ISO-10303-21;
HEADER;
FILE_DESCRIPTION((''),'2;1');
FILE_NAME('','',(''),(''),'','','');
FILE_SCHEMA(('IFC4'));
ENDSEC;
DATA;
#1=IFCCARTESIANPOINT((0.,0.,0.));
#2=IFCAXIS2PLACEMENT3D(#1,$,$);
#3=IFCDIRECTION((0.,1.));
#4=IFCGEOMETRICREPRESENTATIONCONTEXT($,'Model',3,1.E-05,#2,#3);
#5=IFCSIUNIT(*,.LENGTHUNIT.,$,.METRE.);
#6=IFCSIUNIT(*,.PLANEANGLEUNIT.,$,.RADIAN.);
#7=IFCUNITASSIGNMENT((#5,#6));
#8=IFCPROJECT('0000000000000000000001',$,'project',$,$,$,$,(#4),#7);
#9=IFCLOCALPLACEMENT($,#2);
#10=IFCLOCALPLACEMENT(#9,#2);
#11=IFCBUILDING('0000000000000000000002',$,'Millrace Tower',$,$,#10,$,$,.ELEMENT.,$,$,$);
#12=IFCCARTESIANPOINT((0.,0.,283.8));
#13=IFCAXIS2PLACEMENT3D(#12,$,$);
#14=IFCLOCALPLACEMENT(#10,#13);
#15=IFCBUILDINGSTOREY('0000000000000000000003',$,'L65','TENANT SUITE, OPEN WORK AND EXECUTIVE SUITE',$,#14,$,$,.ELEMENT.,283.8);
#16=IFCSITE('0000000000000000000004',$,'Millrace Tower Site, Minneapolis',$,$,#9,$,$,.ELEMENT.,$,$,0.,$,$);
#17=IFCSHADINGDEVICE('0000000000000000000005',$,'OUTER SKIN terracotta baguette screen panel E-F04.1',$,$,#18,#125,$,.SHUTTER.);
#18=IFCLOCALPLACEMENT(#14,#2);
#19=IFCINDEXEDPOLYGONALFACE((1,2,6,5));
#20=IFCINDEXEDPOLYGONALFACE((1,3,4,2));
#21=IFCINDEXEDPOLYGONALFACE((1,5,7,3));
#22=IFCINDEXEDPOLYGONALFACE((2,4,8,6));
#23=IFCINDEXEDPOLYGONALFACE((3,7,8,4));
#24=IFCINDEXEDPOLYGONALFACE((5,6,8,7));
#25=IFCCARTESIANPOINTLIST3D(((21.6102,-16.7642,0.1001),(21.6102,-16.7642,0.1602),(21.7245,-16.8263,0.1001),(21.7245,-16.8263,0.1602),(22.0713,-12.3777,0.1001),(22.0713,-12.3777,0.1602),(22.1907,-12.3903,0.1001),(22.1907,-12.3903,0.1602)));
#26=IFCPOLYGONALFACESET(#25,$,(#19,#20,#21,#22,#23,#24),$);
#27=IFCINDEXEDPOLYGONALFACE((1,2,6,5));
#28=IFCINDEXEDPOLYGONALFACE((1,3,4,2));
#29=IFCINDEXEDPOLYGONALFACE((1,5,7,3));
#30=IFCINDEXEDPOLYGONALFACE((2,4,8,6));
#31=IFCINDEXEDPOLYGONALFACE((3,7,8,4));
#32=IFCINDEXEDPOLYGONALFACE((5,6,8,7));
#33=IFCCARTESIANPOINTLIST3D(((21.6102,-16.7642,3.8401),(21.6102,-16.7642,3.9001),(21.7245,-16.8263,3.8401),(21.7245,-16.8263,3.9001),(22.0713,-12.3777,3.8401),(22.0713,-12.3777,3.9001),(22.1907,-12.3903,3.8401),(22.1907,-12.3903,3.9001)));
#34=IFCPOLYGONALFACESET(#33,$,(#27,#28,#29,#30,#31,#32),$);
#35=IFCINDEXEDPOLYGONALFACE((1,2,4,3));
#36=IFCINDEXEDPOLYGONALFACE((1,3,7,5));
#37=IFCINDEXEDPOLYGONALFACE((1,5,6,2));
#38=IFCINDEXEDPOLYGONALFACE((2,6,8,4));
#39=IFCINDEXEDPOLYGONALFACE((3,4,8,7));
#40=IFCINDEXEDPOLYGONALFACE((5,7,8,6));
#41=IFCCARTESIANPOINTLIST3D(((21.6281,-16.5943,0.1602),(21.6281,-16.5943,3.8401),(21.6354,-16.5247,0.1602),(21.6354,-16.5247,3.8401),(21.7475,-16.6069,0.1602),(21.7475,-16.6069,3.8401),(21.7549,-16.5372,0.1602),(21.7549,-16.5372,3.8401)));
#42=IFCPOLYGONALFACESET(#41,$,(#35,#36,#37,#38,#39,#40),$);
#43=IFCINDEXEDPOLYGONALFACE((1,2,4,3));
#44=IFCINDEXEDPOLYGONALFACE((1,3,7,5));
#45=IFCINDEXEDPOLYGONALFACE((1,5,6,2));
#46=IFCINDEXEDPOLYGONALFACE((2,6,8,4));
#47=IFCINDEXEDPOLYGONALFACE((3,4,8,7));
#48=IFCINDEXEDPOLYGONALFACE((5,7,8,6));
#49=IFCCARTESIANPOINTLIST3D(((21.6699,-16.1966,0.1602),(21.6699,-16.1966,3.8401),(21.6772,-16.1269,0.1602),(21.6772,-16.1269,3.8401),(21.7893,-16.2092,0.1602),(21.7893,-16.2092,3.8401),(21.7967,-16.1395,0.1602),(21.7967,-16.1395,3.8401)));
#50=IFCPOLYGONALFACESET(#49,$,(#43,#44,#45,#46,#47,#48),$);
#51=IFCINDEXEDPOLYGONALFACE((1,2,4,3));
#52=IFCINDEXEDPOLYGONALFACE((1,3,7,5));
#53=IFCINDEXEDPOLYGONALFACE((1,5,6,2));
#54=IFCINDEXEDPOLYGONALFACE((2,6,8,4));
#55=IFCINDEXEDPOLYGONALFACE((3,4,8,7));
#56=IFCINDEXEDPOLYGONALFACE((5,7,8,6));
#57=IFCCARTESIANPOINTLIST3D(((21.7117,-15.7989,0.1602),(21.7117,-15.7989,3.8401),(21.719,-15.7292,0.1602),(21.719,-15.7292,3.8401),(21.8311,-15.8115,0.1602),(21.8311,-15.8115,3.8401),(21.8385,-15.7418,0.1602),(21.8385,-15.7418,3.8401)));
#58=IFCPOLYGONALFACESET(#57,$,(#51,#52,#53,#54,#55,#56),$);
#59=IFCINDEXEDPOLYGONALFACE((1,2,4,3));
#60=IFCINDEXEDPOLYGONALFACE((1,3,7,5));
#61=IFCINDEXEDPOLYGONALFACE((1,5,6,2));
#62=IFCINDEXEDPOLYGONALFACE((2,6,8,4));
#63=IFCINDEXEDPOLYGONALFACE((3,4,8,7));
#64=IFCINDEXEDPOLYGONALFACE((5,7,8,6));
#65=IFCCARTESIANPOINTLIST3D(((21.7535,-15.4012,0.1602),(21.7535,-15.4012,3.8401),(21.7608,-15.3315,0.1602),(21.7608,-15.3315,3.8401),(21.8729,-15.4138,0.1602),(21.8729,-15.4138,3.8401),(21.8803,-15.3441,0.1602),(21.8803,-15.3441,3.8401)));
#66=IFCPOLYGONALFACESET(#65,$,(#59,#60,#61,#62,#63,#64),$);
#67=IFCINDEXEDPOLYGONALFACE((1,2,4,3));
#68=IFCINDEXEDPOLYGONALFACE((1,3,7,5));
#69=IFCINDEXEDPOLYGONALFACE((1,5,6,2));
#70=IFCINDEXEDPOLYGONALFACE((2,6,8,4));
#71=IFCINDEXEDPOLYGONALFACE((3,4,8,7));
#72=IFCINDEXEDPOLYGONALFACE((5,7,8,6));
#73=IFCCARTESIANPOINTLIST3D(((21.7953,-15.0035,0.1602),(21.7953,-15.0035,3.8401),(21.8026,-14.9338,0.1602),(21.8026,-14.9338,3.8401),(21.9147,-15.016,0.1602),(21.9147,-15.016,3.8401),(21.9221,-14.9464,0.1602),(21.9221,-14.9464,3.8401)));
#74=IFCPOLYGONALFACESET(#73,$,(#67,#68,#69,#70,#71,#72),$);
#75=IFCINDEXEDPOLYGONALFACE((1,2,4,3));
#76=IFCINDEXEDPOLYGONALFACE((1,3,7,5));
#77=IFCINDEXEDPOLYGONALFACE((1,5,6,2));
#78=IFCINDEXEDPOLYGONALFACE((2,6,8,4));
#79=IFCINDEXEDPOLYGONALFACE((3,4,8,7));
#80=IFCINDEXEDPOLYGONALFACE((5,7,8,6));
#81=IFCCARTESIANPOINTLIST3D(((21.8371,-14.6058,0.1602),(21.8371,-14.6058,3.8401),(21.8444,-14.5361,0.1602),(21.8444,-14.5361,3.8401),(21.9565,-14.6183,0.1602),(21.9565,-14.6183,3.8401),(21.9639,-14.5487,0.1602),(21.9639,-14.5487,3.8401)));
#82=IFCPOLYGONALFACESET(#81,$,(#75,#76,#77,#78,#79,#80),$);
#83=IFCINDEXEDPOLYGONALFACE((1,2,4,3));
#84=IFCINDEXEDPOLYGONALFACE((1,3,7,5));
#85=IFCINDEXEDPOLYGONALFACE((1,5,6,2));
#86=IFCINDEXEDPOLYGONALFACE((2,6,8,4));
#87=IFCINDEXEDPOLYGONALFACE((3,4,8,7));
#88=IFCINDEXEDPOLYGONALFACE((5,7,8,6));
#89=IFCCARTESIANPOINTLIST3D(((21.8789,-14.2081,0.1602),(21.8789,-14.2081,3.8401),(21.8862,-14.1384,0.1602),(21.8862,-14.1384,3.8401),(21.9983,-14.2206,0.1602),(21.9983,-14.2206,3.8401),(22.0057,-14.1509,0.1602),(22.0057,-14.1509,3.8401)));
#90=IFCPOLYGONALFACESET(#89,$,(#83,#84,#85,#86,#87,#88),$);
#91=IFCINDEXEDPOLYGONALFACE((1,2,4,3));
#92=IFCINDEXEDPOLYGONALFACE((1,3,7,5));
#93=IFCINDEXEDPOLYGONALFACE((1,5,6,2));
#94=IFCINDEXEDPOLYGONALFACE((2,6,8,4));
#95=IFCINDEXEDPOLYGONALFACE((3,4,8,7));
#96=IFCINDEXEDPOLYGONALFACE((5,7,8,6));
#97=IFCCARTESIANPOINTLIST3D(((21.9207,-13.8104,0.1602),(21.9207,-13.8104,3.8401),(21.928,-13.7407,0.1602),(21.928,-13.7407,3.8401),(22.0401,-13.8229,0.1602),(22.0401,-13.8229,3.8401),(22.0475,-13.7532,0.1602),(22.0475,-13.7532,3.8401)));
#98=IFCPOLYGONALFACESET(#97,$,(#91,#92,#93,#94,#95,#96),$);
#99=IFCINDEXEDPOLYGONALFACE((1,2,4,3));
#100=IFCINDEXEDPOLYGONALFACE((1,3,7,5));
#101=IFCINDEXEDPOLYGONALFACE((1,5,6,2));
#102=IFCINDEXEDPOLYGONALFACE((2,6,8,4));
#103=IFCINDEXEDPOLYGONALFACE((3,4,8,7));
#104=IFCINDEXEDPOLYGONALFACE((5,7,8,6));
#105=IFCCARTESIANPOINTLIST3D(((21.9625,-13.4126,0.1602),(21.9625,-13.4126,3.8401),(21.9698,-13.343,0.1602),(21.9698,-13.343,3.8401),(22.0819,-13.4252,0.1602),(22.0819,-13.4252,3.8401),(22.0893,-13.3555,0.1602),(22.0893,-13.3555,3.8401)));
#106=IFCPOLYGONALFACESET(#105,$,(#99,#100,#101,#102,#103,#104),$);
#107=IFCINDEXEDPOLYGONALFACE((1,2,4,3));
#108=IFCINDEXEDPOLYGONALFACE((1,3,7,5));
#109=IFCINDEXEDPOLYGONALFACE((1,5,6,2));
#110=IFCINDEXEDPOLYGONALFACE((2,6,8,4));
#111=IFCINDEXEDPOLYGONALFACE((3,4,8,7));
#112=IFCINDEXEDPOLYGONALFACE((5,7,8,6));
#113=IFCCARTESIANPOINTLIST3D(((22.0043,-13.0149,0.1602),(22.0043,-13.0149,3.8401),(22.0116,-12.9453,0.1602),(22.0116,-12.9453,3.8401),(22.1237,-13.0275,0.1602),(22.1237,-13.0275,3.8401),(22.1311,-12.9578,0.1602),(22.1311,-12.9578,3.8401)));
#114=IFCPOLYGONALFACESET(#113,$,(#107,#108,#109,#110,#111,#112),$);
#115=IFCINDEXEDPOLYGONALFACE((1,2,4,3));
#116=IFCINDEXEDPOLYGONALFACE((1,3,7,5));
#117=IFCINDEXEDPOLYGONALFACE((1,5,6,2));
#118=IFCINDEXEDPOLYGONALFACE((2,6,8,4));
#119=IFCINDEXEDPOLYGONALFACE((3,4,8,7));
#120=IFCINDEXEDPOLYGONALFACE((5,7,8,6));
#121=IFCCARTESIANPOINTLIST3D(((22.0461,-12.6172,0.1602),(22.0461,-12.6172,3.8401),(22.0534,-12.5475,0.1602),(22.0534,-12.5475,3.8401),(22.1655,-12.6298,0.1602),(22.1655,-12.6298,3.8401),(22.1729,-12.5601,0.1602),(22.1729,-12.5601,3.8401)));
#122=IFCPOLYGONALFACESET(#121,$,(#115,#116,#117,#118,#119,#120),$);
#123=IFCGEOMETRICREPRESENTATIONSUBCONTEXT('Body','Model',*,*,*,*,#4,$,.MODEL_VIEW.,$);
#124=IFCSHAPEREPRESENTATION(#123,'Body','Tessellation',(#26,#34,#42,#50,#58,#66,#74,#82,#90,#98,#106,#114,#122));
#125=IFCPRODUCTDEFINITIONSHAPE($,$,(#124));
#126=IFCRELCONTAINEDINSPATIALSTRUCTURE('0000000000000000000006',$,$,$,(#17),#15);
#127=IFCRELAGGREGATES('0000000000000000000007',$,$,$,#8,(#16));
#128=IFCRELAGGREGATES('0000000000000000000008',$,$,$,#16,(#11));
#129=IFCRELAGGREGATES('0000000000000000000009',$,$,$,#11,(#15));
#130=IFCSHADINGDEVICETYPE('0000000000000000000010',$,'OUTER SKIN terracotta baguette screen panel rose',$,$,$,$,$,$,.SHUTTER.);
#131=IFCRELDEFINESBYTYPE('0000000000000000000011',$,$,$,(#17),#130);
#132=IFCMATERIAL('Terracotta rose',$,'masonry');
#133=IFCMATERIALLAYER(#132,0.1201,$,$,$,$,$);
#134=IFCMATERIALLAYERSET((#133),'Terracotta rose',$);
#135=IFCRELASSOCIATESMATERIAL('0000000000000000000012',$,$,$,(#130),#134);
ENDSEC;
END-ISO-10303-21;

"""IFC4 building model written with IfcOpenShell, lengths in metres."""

from ifc_helpers import new_model, entity, si_unit, direction, frame, frame_2d, origin, place, context, subcontext, project, spatial, rectangle, extrude, source, transform, mapped, material, layer, layer_set, type_object, element, save


model = new_model("IFC4")

# Units and contexts
model_context = context("Model", 3, precision=1e-05, world=origin(), true_north=direction((0.0, 1.0)))
body_context = subcontext(model_context, "Body", "Model", "MODEL_VIEW")
ifc_project = project(units=[si_unit("LENGTHUNIT", "METRE"), si_unit("PLANEANGLEUNIT", "RADIAN")], contexts=[model_context])

# Site, building, storey
site_placement = place(None, origin())
site = spatial("IfcSite", under=ifc_project, at=site_placement, Name="Millrace Tower Site, Minneapolis", CompositionType="ELEMENT", RefElevation=0.0)
building_placement = place(site_placement, origin())
building = spatial("IfcBuilding", under=site, at=building_placement, Name="Millrace Tower", CompositionType="ELEMENT")
storey_placement = place(building_placement, frame((0.0, 0.0, 283.8)))
storey = spatial("IfcBuildingStorey", under=building, at=storey_placement, Name="L65", Description="TENANT SUITE, OPEN WORK AND EXECUTIVE SUITE", CompositionType="ELEMENT", Elevation=283.8)

# Shading device
ifc_material_1 = material(Name="Terracotta rose", Category="masonry")
ifc_layer_1 = layer(ifc_material_1, 0.1201)
ifc_layer_set_1 = layer_set([ifc_layer_1], Name="Terracotta rose")
shading_device_type = type_object("IfcShadingDeviceType", Name="OUTER SKIN terracotta baguette screen panel rose", PredefinedType="SHUTTER", material=ifc_layer_set_1)
cartesian_point_1 = entity("IfcCartesianPoint", [-2.1929, 0.0601])
shared_polyline_1 = entity("IfcPolyline", [cartesian_point_1, entity("IfcCartesianPoint", [2.2178, 0.0601]), entity("IfcCartesianPoint", [2.2178, -0.0601]), entity("IfcCartesianPoint", [-2.2427, -0.0601]), cartesian_point_1])
shared_shape_1 = source(origin(), body_context, "Body", "SweptSolid", [
    entity("IfcExtrudedAreaSolid", entity("IfcArbitraryClosedProfileDef", "AREA", None, shared_polyline_1), entity("IfcAxis2Placement3D", entity("IfcCartesianPoint", [0.0, 0.0, 0.0])), entity("IfcDirection", [0.0, 0.0, 1.0]), 0.0601),
    entity("IfcExtrudedAreaSolid", entity("IfcArbitraryClosedProfileDef", "AREA", None, shared_polyline_1), entity("IfcAxis2Placement3D", entity("IfcCartesianPoint", [0.0, 0.0, 3.74])), entity("IfcDirection", [0.0, 0.0, 1.0]), 0.0601),
    extrude(rectangle(XDim=0.0701, YDim=0.1201, at=frame_2d((-1.9871, 0.0))), frame((0.0, 0.0, 0.0601)), (0.0, 0.0, 1.0), 3.6799),
    extrude(rectangle(XDim=0.0701, YDim=0.1201, at=frame_2d((-1.5872, 0.0))), frame((0.0, 0.0, 0.0601)), (0.0, 0.0, 1.0), 3.6799),
    extrude(rectangle(XDim=0.0701, YDim=0.1201, at=frame_2d((-1.1873, 0.0))), frame((0.0, 0.0, 0.0601)), (0.0, 0.0, 1.0), 3.6799),
    extrude(rectangle(XDim=0.0701, YDim=0.1201, at=frame_2d((-0.7874, 0.0))), frame((0.0, 0.0, 0.0601)), (0.0, 0.0, 1.0), 3.6799),
    extrude(rectangle(XDim=0.0701, YDim=0.1201, at=frame_2d((-0.3875, 0.0))), frame((0.0, 0.0, 0.0601)), (0.0, 0.0, 1.0), 3.6799),
    extrude(rectangle(XDim=0.0701, YDim=0.1201, at=frame_2d((0.0125, 0.0))), frame((0.0, 0.0, 0.0601)), (0.0, 0.0, 1.0), 3.6799),
    extrude(rectangle(XDim=0.0701, YDim=0.1201, at=frame_2d((0.4124, 0.0))), frame((0.0, 0.0, 0.0601)), (0.0, 0.0, 1.0), 3.6799),
    extrude(rectangle(XDim=0.0701, YDim=0.1201, at=frame_2d((0.8123, 0.0))), frame((0.0, 0.0, 0.0601)), (0.0, 0.0, 1.0), 3.6799),
    extrude(rectangle(XDim=0.0701, YDim=0.1201, at=frame_2d((1.2122, 0.0))), frame((0.0, 0.0, 0.0601)), (0.0, 0.0, 1.0), 3.6799),
    extrude(rectangle(XDim=0.0701, YDim=0.1201, at=frame_2d((1.6121, 0.0))), frame((0.0, 0.0, 0.0601)), (0.0, 0.0, 1.0), 3.6799),
    extrude(rectangle(XDim=0.0701, YDim=0.1201, at=frame_2d((2.012, 0.0))), frame((0.0, 0.0, 0.0601)), (0.0, 0.0, 1.0), 3.6799),
])
shading_device_1_placement = place(storey_placement, frame((21.8992, -14.5896, 0.1001), z_axis=(0.0, 0.0, 1.0), x_axis=(0.104528, 0.994522, 0.0)))
element("IfcShadingDevice", 1, at=shading_device_1_placement, inside=storey, type_object=shading_device_type, Name="OUTER SKIN terracotta baguette screen panel E-F04.1", PredefinedType="SHUTTER", context=body_context, shape_type="MappedRepresentation", body=[
    mapped(shared_shape_1, transform((0.0, 0.0, 0.0), scale=1.0)),
])

save(model, "model.ifc")
